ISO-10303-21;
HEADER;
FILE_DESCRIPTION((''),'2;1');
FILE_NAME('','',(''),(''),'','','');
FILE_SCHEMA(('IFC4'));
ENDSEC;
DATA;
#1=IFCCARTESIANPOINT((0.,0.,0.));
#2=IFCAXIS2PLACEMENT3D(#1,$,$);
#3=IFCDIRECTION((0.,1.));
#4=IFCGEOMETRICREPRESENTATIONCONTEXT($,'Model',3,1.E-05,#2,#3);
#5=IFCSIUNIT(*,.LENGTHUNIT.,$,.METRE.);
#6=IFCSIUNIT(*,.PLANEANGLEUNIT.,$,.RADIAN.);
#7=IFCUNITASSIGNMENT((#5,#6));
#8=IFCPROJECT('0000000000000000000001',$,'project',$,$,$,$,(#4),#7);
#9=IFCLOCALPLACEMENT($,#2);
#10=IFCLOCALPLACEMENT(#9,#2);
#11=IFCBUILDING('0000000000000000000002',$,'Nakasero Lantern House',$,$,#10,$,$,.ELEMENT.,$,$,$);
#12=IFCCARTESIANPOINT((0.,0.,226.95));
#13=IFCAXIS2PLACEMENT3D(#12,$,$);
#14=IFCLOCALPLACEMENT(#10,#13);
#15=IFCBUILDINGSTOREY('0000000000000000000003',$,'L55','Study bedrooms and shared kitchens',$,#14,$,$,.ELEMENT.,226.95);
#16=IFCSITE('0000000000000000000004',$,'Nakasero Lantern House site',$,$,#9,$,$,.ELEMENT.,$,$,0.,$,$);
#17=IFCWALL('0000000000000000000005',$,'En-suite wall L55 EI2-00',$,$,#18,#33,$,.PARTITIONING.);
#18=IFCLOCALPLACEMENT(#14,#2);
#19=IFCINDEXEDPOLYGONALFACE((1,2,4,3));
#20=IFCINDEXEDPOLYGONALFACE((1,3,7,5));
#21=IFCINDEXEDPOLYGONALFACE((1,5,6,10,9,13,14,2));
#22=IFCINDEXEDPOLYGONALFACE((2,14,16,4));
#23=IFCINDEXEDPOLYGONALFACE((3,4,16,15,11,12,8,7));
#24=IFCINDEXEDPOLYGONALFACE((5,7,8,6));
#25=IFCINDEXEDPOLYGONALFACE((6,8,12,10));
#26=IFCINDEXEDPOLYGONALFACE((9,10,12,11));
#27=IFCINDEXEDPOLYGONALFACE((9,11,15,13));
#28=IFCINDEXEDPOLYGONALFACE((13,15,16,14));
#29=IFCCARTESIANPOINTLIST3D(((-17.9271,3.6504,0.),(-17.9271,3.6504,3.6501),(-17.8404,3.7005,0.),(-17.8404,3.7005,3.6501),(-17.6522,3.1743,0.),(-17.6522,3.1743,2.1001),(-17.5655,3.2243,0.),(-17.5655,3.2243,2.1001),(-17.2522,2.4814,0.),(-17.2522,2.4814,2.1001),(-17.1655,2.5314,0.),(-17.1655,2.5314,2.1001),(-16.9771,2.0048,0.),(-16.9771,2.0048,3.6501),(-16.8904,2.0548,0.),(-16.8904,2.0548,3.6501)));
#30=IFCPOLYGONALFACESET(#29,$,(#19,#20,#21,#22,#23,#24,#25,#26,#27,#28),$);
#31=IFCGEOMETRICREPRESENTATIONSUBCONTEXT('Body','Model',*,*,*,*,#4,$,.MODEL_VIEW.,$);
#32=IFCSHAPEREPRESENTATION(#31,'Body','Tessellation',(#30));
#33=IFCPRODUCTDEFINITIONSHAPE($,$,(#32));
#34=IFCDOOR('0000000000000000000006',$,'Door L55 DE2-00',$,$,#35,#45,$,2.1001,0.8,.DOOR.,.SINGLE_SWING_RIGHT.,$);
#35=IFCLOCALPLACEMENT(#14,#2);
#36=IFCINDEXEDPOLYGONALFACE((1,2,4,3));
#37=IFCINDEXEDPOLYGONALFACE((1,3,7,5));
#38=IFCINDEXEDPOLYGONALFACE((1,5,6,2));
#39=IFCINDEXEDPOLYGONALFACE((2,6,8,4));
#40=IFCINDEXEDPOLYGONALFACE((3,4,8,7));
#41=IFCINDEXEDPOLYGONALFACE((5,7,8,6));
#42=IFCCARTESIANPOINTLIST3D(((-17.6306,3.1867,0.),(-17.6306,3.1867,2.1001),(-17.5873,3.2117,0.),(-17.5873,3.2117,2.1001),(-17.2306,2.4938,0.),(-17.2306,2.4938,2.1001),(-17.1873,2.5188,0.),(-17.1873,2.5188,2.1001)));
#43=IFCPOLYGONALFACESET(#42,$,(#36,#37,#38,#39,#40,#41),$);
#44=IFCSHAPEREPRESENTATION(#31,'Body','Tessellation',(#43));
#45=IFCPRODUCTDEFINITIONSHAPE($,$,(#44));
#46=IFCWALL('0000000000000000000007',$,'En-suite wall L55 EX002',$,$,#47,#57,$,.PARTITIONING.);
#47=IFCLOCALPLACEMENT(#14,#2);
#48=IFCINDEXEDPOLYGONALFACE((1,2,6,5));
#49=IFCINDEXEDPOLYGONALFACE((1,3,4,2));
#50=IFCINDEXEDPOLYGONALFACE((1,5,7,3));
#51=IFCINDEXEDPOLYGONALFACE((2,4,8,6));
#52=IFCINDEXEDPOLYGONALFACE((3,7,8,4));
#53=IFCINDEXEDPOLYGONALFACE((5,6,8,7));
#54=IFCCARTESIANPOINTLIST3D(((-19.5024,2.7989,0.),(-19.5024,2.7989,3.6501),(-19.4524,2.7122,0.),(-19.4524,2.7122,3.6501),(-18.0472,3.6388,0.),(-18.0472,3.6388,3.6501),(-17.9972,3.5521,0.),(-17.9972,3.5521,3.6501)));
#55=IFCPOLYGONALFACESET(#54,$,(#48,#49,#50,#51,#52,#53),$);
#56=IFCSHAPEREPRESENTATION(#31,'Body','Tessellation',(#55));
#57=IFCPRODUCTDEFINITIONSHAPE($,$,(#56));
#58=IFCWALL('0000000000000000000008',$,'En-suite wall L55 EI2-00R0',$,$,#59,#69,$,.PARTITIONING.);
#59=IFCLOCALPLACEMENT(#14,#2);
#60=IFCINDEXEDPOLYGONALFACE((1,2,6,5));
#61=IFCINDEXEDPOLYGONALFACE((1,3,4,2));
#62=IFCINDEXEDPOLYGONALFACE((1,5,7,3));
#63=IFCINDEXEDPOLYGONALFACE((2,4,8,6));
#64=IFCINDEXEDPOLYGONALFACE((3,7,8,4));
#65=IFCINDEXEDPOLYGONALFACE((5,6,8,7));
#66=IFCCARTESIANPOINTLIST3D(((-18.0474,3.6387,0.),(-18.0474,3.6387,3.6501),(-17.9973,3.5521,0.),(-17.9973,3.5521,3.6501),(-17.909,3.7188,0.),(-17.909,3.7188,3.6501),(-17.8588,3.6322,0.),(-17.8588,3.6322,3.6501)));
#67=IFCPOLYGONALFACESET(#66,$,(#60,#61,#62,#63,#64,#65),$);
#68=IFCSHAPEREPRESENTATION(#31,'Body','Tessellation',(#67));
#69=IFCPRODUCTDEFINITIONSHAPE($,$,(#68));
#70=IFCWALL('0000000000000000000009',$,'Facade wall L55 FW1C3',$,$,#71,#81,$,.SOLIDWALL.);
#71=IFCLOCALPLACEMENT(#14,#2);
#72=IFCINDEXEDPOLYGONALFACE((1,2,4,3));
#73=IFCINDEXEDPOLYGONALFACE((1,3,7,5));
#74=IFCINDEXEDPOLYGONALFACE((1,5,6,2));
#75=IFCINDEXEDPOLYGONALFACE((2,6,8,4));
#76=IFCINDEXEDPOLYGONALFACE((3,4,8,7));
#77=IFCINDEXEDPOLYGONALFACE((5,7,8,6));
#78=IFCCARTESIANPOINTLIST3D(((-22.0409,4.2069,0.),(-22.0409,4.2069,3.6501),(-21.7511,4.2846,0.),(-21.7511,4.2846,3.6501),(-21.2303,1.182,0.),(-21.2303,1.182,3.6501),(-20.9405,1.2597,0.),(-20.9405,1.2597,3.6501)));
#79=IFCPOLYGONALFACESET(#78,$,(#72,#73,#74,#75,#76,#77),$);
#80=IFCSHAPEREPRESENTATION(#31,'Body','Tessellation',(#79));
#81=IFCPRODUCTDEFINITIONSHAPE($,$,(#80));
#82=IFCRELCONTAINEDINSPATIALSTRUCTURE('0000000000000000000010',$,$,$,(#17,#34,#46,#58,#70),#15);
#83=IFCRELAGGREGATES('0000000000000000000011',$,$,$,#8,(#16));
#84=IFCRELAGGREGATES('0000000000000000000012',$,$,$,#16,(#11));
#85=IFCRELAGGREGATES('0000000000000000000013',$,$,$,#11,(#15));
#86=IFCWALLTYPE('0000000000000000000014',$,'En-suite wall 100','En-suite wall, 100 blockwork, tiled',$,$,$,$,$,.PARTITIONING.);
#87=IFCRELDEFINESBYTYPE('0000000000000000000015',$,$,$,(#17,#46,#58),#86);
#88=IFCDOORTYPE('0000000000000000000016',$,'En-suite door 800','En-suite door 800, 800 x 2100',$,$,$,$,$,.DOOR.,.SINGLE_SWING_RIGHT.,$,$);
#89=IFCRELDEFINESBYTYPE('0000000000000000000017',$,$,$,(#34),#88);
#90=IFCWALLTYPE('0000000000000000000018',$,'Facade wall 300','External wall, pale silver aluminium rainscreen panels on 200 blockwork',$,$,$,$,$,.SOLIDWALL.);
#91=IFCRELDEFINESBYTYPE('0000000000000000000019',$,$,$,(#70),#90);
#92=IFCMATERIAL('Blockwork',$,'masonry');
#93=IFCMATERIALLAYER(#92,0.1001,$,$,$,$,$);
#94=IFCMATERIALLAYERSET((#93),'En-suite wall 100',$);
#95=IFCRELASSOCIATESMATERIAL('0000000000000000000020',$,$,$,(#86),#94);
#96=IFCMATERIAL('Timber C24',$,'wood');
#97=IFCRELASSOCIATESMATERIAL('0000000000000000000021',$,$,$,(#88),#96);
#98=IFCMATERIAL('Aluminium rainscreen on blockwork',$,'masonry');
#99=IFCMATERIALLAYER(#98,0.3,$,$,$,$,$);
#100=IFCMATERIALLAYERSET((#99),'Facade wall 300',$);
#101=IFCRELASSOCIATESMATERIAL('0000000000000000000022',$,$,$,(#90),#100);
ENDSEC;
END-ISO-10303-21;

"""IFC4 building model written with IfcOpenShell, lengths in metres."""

from ifc_helpers import new_model, si_unit, direction, frame, frame_2d, origin, place, context, subcontext, project, spatial, rectangle, extrude, material, layer, layer_set, type_object, element, fill, save


model = new_model("IFC4")

# Units and contexts
model_context = context("Model", 3, precision=1e-05, world=origin(), true_north=direction((0.0, 1.0)))
body_context = subcontext(model_context, "Body", "Model", "MODEL_VIEW")
ifc_project = project(units=[si_unit("LENGTHUNIT", "METRE"), si_unit("PLANEANGLEUNIT", "RADIAN")], contexts=[model_context])

# Site, building, storey
site_placement = place(None, origin())
site = spatial("IfcSite", under=ifc_project, at=site_placement, Name="Nakasero Lantern House site", CompositionType="ELEMENT", RefElevation=0.0)
building_placement = place(site_placement, origin())
building = spatial("IfcBuilding", under=site, at=building_placement, Name="Nakasero Lantern House", CompositionType="ELEMENT")
storey_placement = place(building_placement, frame((0.0, 0.0, 226.95)))
storey = spatial("IfcBuildingStorey", under=building, at=storey_placement, Name="L55", Description="Study bedrooms and shared kitchens", CompositionType="ELEMENT", Elevation=226.95)

# Shared definitions
ifc_material_1 = material(Name="Blockwork", Category="masonry")
ifc_layer_1 = layer(ifc_material_1, 0.1001)
ifc_layer_set_1 = layer_set([ifc_layer_1], Name="En-suite wall 100")
wall_type_1 = type_object("IfcWallType", Name="En-suite wall 100", Description="En-suite wall, 100 blockwork, tiled", PredefinedType="PARTITIONING", material=ifc_layer_set_1)

# Wall, opening, door
wall_1_placement = place(storey_placement, frame((-17.8838, 3.6755, 0.0), z_axis=(0.0, 0.0, 1.0), x_axis=(0.499967, -0.866044, 0.0)))
wall_1 = element("IfcWall", 1, at=wall_1_placement, inside=storey, type_object=wall_type_1, Name="En-suite wall L55 EI2-00", PredefinedType="PARTITIONING", context=body_context, shape_type="SweptSolid", body=[
    extrude(rectangle(XDim=1.9001, YDim=0.1001, at=frame_2d((0.9502, 0.0))), origin(), (0.0, 0.0, 1.0), 3.6501),
])
opening_1_placement = place(wall_1_placement, frame((0.55, 0.0, 0.0)))
opening_1 = element("IfcOpeningElement", 2, at=opening_1_placement, cuts=wall_1, PredefinedType="OPENING", context=body_context, shape_type="SweptSolid", body=[
    extrude(rectangle(XDim=0.8, YDim=2.1001, at=frame_2d((0.3999, 1.05))), frame((0.0, 0.0701, 0.0), z_axis=(0.0, -1.0, 0.0), x_axis=(1.0, 0.0, 0.0)), (0.0, 0.0, 1.0), 0.1401),
])
ifc_material_2 = material(Name="Timber C24", Category="wood")
door_type_1 = type_object("IfcDoorType", Name="En-suite door 800", Description="En-suite door 800, 800 x 2100", OperationType="SINGLE_SWING_RIGHT", PredefinedType="DOOR", material=ifc_material_2)
door_1_placement = place(opening_1_placement, origin())
door_1 = element("IfcDoor", 3, at=door_1_placement, inside=storey, type_object=door_type_1, Name="Door L55 DE2-00", OperationType="SINGLE_SWING_RIGHT", OverallHeight=2.1001, OverallWidth=0.8, PredefinedType="DOOR", context=body_context, shape_type="SweptSolid", body=[
    extrude(rectangle(XDim=0.8, YDim=2.1001, at=frame_2d((0.3999, 1.05))), frame((0.0, 0.0249, 0.0), z_axis=(0.0, -1.0, 0.0), x_axis=(1.0, 0.0, 0.0)), (0.0, 0.0, 1.0), 0.05),
])
fill(opening_1, door_1)

# Walls
wall_2_placement = place(storey_placement, frame((-18.0222, 3.5955, 0.0), z_axis=(0.0, 0.0, 1.0), x_axis=(-0.866089, -0.49989, 0.0)))
element("IfcWall", 4, at=wall_2_placement, inside=storey, type_object=wall_type_1, Name="En-suite wall L55 EX002", PredefinedType="PARTITIONING", context=body_context, shape_type="SweptSolid", body=[
    extrude(rectangle(XDim=1.6802, YDim=0.1001, at=frame_2d((0.8401, 0.0))), origin(), (0.0, 0.0, 1.0), 3.6501),
])
wall_3_placement = place(storey_placement, frame((-17.8838, 3.6755, 0.0), z_axis=(0.0, 0.0, 1.0), x_axis=(-0.8656, -0.500735, 0.0)))
element("IfcWall", 5, at=wall_3_placement, inside=storey, type_object=wall_type_1, Name="En-suite wall L55 EI2-00R0", PredefinedType="PARTITIONING", context=body_context, shape_type="SweptSolid", body=[
    extrude(rectangle(XDim=0.1599, YDim=0.1001, at=frame_2d((0.0801, 0.0))), origin(), (0.0, 0.0, 1.0), 3.6501),
])
ifc_material_3 = material(Name="Aluminium rainscreen on blockwork", Category="masonry")
ifc_layer_2 = layer(ifc_material_3, 0.3)
ifc_layer_set_2 = layer_set([ifc_layer_2], Name="Facade wall 300")
wall_type_2 = type_object("IfcWallType", Name="Facade wall 300", Description="External wall, pale silver aluminium rainscreen panels on 200 blockwork", PredefinedType="SOLIDWALL", material=ifc_layer_set_2)
wall_4_placement = place(storey_placement, frame((-21.896, 4.2458, 0.0), z_axis=(0.0, 0.0, 1.0), x_axis=(0.258827, -0.965924, 0.0)))
element("IfcWall", 6, at=wall_4_placement, inside=storey, type_object=wall_type_2, Name="Facade wall L55 FW1C3", PredefinedType="SOLIDWALL", context=body_context, shape_type="SweptSolid", body=[
    extrude(rectangle(XDim=3.1316, YDim=0.3, at=frame_2d((1.5659, 0.0))), origin(), (0.0, 0.0, 1.0), 3.6501),
])

save(model, "model.ifc")
